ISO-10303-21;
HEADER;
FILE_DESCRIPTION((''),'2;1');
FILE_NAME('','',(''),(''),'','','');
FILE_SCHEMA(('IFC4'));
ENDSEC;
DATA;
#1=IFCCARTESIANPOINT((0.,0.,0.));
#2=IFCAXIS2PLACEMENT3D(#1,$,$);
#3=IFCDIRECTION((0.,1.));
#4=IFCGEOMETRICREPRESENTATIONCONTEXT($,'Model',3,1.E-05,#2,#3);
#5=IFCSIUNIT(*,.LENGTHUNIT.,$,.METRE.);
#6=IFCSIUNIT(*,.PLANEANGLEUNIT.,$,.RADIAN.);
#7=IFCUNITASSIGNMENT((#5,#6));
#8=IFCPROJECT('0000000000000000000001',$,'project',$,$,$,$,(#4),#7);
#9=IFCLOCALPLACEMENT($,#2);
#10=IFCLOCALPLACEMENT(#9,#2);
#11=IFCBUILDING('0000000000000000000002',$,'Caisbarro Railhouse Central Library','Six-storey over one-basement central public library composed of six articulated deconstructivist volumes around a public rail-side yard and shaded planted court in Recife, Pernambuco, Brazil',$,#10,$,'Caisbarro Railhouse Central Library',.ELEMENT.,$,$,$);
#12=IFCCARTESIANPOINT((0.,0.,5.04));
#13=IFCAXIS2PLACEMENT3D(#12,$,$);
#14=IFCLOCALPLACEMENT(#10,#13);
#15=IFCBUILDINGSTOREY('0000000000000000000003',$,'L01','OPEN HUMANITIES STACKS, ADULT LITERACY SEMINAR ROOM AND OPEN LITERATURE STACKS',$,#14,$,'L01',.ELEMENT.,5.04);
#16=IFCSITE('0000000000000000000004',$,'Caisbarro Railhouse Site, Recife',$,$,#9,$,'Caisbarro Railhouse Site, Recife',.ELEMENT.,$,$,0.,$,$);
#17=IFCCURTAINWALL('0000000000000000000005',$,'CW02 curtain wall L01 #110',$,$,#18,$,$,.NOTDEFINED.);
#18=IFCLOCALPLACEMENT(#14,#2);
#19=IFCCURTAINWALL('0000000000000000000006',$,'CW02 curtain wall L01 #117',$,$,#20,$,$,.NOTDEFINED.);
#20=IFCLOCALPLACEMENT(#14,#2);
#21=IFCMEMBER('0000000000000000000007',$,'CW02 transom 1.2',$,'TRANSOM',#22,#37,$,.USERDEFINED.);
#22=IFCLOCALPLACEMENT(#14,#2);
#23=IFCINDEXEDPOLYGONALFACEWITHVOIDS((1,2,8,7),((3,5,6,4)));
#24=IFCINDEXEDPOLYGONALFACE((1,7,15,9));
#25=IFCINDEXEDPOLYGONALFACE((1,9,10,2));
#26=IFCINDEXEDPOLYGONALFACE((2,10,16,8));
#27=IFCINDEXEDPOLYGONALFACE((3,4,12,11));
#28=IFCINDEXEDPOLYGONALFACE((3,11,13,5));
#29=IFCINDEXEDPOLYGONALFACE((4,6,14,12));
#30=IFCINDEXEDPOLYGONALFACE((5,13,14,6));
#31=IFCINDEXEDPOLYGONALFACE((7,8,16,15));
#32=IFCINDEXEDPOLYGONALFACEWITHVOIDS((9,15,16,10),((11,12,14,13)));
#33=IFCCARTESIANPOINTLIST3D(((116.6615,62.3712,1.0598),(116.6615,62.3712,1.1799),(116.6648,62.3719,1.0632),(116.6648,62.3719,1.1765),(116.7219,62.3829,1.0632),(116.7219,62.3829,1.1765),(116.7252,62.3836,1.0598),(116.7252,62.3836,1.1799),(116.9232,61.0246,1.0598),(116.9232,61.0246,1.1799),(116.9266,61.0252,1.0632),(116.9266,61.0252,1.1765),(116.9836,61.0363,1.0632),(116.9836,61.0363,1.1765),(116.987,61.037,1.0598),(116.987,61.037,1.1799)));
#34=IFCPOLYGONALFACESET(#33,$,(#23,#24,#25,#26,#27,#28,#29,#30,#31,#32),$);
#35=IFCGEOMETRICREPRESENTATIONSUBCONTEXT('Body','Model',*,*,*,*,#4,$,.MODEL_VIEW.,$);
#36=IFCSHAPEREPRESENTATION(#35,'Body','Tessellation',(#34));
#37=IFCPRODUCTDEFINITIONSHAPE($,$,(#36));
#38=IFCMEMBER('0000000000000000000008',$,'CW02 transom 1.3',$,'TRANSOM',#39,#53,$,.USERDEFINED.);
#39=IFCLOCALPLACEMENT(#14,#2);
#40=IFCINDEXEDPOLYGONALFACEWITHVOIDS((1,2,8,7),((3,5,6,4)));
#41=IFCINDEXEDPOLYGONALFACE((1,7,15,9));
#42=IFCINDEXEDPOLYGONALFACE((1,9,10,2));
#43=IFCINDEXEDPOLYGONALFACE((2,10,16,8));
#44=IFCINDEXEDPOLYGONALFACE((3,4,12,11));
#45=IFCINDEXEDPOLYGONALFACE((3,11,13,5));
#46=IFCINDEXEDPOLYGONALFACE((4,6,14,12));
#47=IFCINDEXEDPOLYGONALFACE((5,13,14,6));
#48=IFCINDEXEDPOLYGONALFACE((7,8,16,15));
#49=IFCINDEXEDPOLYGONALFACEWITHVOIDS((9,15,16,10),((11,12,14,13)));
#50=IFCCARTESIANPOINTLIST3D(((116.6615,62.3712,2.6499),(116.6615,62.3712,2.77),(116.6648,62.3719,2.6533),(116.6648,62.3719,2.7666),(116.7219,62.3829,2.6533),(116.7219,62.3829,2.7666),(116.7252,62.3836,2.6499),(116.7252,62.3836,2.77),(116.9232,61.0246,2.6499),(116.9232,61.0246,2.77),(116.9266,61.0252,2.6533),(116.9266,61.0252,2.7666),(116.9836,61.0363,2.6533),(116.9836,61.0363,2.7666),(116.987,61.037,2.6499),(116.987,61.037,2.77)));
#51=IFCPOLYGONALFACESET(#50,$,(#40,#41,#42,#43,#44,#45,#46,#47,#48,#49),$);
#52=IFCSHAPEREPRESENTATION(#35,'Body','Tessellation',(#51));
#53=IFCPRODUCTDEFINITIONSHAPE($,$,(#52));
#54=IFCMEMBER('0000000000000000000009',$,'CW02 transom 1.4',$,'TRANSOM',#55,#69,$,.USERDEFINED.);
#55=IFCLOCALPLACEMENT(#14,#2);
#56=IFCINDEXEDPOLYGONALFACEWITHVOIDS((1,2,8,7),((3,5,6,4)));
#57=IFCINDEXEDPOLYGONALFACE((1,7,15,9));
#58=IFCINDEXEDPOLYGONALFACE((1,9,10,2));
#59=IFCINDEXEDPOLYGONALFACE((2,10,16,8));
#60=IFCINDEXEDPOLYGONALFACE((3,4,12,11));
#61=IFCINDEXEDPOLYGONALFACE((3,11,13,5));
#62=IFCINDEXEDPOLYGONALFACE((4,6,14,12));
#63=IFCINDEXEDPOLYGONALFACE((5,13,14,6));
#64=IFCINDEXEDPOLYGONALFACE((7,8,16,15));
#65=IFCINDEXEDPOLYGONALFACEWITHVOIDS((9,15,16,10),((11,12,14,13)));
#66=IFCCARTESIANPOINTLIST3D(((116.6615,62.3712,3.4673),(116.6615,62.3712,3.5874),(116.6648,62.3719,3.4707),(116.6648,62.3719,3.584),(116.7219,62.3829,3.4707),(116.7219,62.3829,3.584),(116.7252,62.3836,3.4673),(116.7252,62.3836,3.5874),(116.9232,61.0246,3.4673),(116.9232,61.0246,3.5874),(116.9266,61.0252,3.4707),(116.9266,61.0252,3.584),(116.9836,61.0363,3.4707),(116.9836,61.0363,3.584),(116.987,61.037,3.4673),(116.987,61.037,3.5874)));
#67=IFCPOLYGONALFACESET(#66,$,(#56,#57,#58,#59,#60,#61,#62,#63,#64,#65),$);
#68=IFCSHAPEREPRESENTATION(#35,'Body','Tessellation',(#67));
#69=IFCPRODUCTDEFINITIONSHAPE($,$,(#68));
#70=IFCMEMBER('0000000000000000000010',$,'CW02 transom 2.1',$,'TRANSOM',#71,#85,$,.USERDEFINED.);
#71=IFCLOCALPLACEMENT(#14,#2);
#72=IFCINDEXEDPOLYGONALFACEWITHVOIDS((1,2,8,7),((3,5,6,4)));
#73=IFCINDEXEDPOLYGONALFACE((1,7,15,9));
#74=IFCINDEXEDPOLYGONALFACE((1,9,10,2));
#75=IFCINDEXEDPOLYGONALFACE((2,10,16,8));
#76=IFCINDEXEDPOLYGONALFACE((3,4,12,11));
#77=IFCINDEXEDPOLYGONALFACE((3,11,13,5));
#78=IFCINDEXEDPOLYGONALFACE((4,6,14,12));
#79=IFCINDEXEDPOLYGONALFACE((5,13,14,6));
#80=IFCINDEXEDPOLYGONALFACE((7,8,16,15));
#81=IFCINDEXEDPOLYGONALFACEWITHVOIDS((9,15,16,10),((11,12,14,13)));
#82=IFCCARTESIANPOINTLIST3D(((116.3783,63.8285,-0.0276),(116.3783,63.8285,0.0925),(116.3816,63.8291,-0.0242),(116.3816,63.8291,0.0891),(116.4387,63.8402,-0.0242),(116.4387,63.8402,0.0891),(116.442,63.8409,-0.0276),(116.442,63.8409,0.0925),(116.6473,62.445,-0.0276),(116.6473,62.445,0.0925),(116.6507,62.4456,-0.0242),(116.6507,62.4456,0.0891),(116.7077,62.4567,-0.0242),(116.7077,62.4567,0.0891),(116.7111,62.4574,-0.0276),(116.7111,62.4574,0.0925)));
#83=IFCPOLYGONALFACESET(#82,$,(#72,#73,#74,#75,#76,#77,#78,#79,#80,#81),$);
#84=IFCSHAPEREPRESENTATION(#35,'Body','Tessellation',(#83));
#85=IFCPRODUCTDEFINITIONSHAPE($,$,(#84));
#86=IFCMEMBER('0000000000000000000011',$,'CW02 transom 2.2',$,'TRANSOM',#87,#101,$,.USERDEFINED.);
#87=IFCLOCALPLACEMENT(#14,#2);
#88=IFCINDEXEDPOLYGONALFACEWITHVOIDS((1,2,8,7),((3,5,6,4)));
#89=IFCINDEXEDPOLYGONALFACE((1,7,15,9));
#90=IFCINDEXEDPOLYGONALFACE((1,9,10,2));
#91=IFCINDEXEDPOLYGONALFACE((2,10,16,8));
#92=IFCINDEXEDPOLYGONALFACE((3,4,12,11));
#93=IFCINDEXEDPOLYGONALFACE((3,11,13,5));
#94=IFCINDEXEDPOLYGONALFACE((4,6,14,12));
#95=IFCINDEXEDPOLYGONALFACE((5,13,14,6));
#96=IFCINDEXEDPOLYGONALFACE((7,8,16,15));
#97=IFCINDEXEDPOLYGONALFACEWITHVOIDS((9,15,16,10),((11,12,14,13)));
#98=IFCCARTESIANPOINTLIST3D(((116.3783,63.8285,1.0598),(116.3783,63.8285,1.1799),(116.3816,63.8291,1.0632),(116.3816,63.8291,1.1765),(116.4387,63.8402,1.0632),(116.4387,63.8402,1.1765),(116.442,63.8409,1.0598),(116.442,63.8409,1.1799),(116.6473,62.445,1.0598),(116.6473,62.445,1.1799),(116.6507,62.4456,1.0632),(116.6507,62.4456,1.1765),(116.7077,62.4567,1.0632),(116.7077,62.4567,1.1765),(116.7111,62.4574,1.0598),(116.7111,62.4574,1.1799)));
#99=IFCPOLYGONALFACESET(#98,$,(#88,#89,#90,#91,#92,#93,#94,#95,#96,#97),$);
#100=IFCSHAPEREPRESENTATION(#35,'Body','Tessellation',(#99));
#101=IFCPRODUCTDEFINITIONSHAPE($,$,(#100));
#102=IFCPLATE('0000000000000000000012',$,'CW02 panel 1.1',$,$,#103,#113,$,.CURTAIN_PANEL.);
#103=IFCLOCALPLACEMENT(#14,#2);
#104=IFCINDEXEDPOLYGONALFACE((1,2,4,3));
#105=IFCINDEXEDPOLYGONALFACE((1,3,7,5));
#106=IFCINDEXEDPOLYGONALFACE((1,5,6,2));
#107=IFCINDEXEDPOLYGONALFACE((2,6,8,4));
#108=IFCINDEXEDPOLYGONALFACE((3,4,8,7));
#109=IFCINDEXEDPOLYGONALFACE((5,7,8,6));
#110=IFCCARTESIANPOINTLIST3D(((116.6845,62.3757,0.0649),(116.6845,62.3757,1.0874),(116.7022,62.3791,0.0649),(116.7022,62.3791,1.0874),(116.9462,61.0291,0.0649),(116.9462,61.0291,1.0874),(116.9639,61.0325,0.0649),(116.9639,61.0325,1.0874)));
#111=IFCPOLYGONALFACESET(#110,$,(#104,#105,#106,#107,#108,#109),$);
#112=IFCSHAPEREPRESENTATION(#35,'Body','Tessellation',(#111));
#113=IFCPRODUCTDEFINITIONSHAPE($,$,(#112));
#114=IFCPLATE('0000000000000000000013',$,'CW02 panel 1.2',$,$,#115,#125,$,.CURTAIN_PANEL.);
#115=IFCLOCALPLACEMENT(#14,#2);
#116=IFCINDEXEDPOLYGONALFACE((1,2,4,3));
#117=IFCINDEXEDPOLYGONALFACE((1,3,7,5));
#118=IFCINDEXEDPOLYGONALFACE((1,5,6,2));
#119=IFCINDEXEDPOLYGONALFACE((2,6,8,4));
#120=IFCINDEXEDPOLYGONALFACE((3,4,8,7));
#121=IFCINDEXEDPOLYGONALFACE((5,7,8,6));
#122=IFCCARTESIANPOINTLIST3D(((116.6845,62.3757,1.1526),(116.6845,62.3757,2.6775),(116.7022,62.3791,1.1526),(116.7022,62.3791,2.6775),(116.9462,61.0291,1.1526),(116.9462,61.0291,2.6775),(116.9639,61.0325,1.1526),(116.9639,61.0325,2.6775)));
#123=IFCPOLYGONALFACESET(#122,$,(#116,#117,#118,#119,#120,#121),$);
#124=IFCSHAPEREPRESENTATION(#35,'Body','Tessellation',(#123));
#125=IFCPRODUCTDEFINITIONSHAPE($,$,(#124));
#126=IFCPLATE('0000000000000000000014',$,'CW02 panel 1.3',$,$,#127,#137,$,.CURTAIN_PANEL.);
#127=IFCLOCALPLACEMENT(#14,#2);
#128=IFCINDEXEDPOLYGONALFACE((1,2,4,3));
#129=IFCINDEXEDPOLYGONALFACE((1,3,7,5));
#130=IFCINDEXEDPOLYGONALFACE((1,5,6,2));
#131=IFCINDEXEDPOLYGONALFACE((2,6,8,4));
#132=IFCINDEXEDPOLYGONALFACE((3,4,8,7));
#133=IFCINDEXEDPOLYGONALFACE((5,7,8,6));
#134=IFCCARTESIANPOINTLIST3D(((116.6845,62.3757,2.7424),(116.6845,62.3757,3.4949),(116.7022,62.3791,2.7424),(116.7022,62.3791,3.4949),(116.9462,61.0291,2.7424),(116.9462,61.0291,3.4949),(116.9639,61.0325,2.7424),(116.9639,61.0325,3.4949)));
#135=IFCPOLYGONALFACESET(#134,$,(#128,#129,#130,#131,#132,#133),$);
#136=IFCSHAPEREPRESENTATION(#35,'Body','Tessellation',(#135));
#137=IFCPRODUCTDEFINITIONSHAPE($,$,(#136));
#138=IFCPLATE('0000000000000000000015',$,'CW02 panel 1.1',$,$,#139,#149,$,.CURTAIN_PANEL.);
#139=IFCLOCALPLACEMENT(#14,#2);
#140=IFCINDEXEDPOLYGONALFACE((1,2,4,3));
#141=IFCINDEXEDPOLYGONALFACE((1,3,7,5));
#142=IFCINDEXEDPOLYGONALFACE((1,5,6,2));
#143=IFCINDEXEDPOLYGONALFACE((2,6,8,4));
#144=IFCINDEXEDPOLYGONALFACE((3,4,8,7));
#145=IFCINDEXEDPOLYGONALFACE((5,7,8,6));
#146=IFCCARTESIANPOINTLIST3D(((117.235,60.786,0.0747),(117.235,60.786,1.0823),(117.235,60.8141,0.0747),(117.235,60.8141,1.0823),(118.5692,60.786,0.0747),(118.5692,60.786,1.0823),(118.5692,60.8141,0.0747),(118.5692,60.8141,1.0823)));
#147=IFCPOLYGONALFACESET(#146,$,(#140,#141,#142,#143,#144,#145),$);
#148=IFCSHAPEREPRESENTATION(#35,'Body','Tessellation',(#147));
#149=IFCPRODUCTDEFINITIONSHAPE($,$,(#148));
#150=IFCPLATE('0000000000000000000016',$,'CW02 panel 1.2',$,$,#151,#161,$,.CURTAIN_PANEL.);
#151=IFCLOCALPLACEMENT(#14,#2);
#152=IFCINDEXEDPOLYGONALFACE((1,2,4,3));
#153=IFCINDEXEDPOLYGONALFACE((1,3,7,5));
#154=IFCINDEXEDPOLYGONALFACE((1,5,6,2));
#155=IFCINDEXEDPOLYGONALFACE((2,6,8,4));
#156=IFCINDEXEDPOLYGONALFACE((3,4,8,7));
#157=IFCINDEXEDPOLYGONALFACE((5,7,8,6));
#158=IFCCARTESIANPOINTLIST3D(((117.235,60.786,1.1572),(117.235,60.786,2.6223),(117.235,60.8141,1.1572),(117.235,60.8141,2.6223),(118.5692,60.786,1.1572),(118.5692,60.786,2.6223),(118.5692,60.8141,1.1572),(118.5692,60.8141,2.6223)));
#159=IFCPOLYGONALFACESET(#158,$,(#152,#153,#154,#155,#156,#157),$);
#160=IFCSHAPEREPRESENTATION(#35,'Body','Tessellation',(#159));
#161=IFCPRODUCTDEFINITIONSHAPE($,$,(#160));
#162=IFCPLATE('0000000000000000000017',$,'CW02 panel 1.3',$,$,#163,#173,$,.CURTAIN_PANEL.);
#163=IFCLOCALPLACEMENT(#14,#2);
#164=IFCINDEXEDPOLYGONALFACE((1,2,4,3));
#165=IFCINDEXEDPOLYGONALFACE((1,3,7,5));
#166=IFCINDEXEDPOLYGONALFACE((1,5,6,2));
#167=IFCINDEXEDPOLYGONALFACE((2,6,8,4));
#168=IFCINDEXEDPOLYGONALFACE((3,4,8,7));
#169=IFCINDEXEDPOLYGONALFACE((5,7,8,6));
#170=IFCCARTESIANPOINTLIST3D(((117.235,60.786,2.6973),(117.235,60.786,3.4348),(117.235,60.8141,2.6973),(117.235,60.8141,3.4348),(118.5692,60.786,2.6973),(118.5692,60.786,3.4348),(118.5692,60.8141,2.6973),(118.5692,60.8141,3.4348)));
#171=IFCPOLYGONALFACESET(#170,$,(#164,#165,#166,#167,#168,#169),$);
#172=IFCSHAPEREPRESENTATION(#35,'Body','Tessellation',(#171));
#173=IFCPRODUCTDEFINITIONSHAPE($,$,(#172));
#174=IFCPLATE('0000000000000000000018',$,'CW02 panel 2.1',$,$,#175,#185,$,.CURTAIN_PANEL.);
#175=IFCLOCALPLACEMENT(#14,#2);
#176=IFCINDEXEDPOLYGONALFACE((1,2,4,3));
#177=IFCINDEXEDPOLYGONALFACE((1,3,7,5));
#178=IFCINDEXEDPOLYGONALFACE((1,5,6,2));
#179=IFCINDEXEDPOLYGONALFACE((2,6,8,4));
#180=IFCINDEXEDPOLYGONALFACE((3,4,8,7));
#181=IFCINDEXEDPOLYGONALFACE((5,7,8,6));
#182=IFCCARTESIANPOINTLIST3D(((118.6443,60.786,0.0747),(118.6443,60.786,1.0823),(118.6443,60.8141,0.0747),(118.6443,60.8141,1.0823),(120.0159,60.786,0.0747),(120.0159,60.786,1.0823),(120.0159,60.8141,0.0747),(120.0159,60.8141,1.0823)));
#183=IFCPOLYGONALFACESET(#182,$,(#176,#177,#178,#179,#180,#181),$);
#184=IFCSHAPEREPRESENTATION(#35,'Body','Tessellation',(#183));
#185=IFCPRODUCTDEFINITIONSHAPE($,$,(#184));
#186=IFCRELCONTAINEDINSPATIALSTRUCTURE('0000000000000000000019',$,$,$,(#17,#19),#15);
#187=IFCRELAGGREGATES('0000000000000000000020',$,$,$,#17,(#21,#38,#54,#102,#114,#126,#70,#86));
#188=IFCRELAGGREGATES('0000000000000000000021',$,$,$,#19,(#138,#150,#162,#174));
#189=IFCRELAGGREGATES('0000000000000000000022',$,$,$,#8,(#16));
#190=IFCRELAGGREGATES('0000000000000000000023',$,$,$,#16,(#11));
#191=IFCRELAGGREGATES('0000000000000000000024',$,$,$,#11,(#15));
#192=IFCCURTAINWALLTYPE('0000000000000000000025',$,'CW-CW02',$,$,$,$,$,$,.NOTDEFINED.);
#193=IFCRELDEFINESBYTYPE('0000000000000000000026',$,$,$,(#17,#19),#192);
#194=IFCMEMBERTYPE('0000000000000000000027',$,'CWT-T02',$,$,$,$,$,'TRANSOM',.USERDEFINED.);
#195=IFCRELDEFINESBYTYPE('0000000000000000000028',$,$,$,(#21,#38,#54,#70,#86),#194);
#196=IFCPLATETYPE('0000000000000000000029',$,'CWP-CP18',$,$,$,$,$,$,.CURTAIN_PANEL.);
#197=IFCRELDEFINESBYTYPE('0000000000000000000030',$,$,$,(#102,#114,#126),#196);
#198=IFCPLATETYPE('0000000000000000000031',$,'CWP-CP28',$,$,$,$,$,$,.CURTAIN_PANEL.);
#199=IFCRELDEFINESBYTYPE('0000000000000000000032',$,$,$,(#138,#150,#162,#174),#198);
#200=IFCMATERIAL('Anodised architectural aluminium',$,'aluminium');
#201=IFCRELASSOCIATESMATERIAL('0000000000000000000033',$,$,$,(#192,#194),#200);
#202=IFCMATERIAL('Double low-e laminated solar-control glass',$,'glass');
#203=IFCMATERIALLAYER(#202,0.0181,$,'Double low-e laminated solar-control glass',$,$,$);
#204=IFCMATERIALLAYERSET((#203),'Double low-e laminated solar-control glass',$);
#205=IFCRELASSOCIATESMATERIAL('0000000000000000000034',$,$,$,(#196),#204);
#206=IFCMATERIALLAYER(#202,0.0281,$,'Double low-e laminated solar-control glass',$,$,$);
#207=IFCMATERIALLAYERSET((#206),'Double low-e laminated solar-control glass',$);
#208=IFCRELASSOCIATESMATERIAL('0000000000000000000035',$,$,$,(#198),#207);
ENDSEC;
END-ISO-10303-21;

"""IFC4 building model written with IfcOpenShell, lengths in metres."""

from ifc_helpers import new_model, si_unit, direction, frame, origin, origin_2d, place, context, subcontext, project, spatial, rectangle, hollow_rectangle, extrude, material, layer, layer_set, material_profile, profile_set, type_object, element, aggregate, save


model = new_model("IFC4")

# Units and contexts
model_context = context("Model", 3, precision=1e-05, world=origin(), true_north=direction((0.0, 1.0)))
body_context = subcontext(model_context, "Body", "Model", "MODEL_VIEW")
ifc_project = project(units=[si_unit("LENGTHUNIT", "METRE"), si_unit("PLANEANGLEUNIT", "RADIAN")], contexts=[model_context])

# Site, building, storey
site_placement = place(None, origin())
site = spatial("IfcSite", under=ifc_project, at=site_placement, Name="Caisbarro Railhouse Site, Recife", LongName="Caisbarro Railhouse Site, Recife", CompositionType="ELEMENT", RefElevation=0.0)
building_placement = place(site_placement, origin())
building = spatial("IfcBuilding", under=site, at=building_placement, Name="Caisbarro Railhouse Central Library", Description="Six-storey over one-basement central public library composed of six articulated deconstructivist volumes around a public rail-side yard and shaded planted court in Recife, Pernambuco, Brazil", LongName="Caisbarro Railhouse Central Library", CompositionType="ELEMENT")
storey_placement = place(building_placement, frame((0.0, 0.0, 5.04)))
storey = spatial("IfcBuildingStorey", under=building, at=storey_placement, Name="L01", Description="OPEN HUMANITIES STACKS, ADULT LITERACY SEMINAR ROOM AND OPEN LITERATURE STACKS", LongName="L01", CompositionType="ELEMENT", Elevation=5.04)

# Curtain walls
ifc_material_1 = material(Name="Anodised architectural aluminium", Category="aluminium")
curtain_wall_type = type_object("IfcCurtainWallType", Name="CW-CW02", PredefinedType="NOTDEFINED", material=ifc_material_1)
curtain_wall_1_placement = place(storey_placement, origin())
curtain_wall_1 = element("IfcCurtainWall", 1, at=curtain_wall_1_placement, inside=storey, type_object=curtain_wall_type, Name="CW02 curtain wall L01 #110", PredefinedType="NOTDEFINED")
curtain_wall_2_placement = place(storey_placement, origin())
curtain_wall_2 = element("IfcCurtainWall", 2, at=curtain_wall_2_placement, inside=storey, type_object=curtain_wall_type, Name="CW02 curtain wall L01 #117", PredefinedType="NOTDEFINED")

# Members
ifc_material_profile_1 = material_profile(ifc_material_1, hollow_rectangle(XDim=0.0649, YDim=0.1201, WallThickness=0.0034, at=origin_2d()), Name="ALU-TRN-65X120")
ifc_profile_set_1 = profile_set([ifc_material_profile_1], Name="Anodised architectural aluminium")
member_type_1 = type_object("IfcMemberType", Name="CWT-T02", ElementType="TRANSOM", PredefinedType="USERDEFINED", material=ifc_profile_set_1)
member_1_placement = place(storey_placement, frame((116.9551, 61.0308, 1.1199), z_axis=(-0.190774, 0.981634, 0.0), x_axis=(-0.981634, -0.190774, 0.0)))
member_1 = element("IfcMember", 3, at=member_1_placement, type_object=member_type_1, Name="CW02 transom 1.2", ObjectType="TRANSOM", PredefinedType="USERDEFINED", context=body_context, shape_type="SweptSolid", body=[
    extrude(hollow_rectangle(XDim=0.0649, YDim=0.1201, WallThickness=0.0034, at=origin_2d()), origin(), (0.0, 0.0, 1.0), 1.3718),
])
member_2_placement = place(storey_placement, frame((116.9551, 61.0308, 2.71), z_axis=(-0.190774, 0.981634, 0.0), x_axis=(-0.981634, -0.190774, 0.0)))
member_2 = element("IfcMember", 4, at=member_2_placement, type_object=member_type_1, Name="CW02 transom 1.3", ObjectType="TRANSOM", PredefinedType="USERDEFINED", context=body_context, shape_type="SweptSolid", body=[
    extrude(hollow_rectangle(XDim=0.0649, YDim=0.1201, WallThickness=0.0034, at=origin_2d()), origin(), (0.0, 0.0, 1.0), 1.3718),
])
member_3_placement = place(storey_placement, frame((116.9551, 61.0308, 3.5273), z_axis=(-0.190774, 0.981634, 0.0), x_axis=(-0.981634, -0.190774, 0.0)))
member_3 = element("IfcMember", 5, at=member_3_placement, type_object=member_type_1, Name="CW02 transom 1.4", ObjectType="TRANSOM", PredefinedType="USERDEFINED", context=body_context, shape_type="SweptSolid", body=[
    extrude(hollow_rectangle(XDim=0.0649, YDim=0.1201, WallThickness=0.0034, at=origin_2d()), origin(), (0.0, 0.0, 1.0), 1.3718),
])
member_4_placement = place(storey_placement, frame((116.6792, 62.4512, 0.0325), z_axis=(-0.190884, 0.981613, 0.0), x_axis=(-0.981613, -0.190884, 0.0)))
member_4 = element("IfcMember", 6, at=member_4_placement, type_object=member_type_1, Name="CW02 transom 2.1", ObjectType="TRANSOM", PredefinedType="USERDEFINED", context=body_context, shape_type="SweptSolid", body=[
    extrude(hollow_rectangle(XDim=0.0649, YDim=0.1201, WallThickness=0.0034, at=origin_2d()), origin(), (0.0, 0.0, 1.0), 1.4094),
])
member_5_placement = place(storey_placement, frame((116.6792, 62.4512, 1.1199), z_axis=(-0.190884, 0.981613, 0.0), x_axis=(-0.981613, -0.190884, 0.0)))
member_5 = element("IfcMember", 7, at=member_5_placement, type_object=member_type_1, Name="CW02 transom 2.2", ObjectType="TRANSOM", PredefinedType="USERDEFINED", context=body_context, shape_type="SweptSolid", body=[
    extrude(hollow_rectangle(XDim=0.0649, YDim=0.1201, WallThickness=0.0034, at=origin_2d()), origin(), (0.0, 0.0, 1.0), 1.4094),
])

# Plates
ifc_material_2 = material(Name="Double low-e laminated solar-control glass", Category="glass")
ifc_layer_1 = layer(ifc_material_2, 0.0181, Name="Double low-e laminated solar-control glass")
ifc_layer_set_1 = layer_set([ifc_layer_1], Name="Double low-e laminated solar-control glass")
plate_type_1 = type_object("IfcPlateType", Name="CWP-CP18", PredefinedType="CURTAIN_PANEL", material=ifc_layer_set_1)
plate_1_placement = place(storey_placement, frame((116.8242, 61.7041, 0.0649), z_axis=(0.0, 0.0, 1.0), x_axis=(-0.190781, 0.981633, 0.0)))
plate_1 = element("IfcPlate", 8, at=plate_1_placement, type_object=plate_type_1, Name="CW02 panel 1.1", PredefinedType="CURTAIN_PANEL", context=body_context, shape_type="SweptSolid", body=[
    extrude(rectangle(XDim=1.3718, YDim=0.0181, at=origin_2d()), origin(), (0.0, 0.0, 1.0), 1.0225),
])
plate_2_placement = place(storey_placement, frame((116.8242, 61.7041, 1.1526), z_axis=(0.0, 0.0, 1.0), x_axis=(-0.190781, 0.981633, 0.0)))
plate_2 = element("IfcPlate", 9, at=plate_2_placement, type_object=plate_type_1, Name="CW02 panel 1.2", PredefinedType="CURTAIN_PANEL", context=body_context, shape_type="SweptSolid", body=[
    extrude(rectangle(XDim=1.3718, YDim=0.0181, at=origin_2d()), origin(), (0.0, 0.0, 1.0), 1.5249),
])
plate_3_placement = place(storey_placement, frame((116.8242, 61.7041, 2.7424), z_axis=(0.0, 0.0, 1.0), x_axis=(-0.190781, 0.981633, 0.0)))
plate_3 = element("IfcPlate", 10, at=plate_3_placement, type_object=plate_type_1, Name="CW02 panel 1.3", PredefinedType="CURTAIN_PANEL", context=body_context, shape_type="SweptSolid", body=[
    extrude(rectangle(XDim=1.3718, YDim=0.0181, at=origin_2d()), origin(), (0.0, 0.0, 1.0), 0.7524),
])
aggregate(curtain_wall_1, [member_1, member_2, member_3, plate_1, plate_2, plate_3, member_4, member_5])
ifc_layer_2 = layer(ifc_material_2, 0.0281, Name="Double low-e laminated solar-control glass")
ifc_layer_set_2 = layer_set([ifc_layer_2], Name="Double low-e laminated solar-control glass")
plate_type_2 = type_object("IfcPlateType", Name="CWP-CP28", PredefinedType="CURTAIN_PANEL", material=ifc_layer_set_2)
plate_4_placement = place(storey_placement, frame((117.9021, 60.8, 0.0747), z_axis=(0.0, 0.0, 1.0), x_axis=(1.0, 0.0, 0.0)))
plate_4 = element("IfcPlate", 11, at=plate_4_placement, type_object=plate_type_2, Name="CW02 panel 1.1", PredefinedType="CURTAIN_PANEL", context=body_context, shape_type="SweptSolid", body=[
    extrude(rectangle(XDim=1.3342, YDim=0.0281, at=origin_2d()), origin(), (0.0, 0.0, 1.0), 1.0076),
])
plate_5_placement = place(storey_placement, frame((117.9021, 60.8, 1.1572), z_axis=(0.0, 0.0, 1.0), x_axis=(1.0, 0.0, 0.0)))
plate_5 = element("IfcPlate", 12, at=plate_5_placement, type_object=plate_type_2, Name="CW02 panel 1.2", PredefinedType="CURTAIN_PANEL", context=body_context, shape_type="SweptSolid", body=[
    extrude(rectangle(XDim=1.3342, YDim=0.0281, at=origin_2d()), origin(), (0.0, 0.0, 1.0), 1.4651),
])
plate_6_placement = place(storey_placement, frame((117.9021, 60.8, 2.6973), z_axis=(0.0, 0.0, 1.0), x_axis=(1.0, 0.0, 0.0)))
plate_6 = element("IfcPlate", 13, at=plate_6_placement, type_object=plate_type_2, Name="CW02 panel 1.3", PredefinedType="CURTAIN_PANEL", context=body_context, shape_type="SweptSolid", body=[
    extrude(rectangle(XDim=1.3342, YDim=0.0281, at=origin_2d()), origin(), (0.0, 0.0, 1.0), 0.7375),
])
plate_7_placement = place(storey_placement, frame((119.3301, 60.8, 0.0747), z_axis=(0.0, 0.0, 1.0), x_axis=(1.0, 0.0, 0.0)))
plate_7 = element("IfcPlate", 14, at=plate_7_placement, type_object=plate_type_2, Name="CW02 panel 2.1", PredefinedType="CURTAIN_PANEL", context=body_context, shape_type="SweptSolid", body=[
    extrude(rectangle(XDim=1.3716, YDim=0.0281, at=origin_2d()), origin(), (0.0, 0.0, 1.0), 1.0076),
])
aggregate(curtain_wall_2, [plate_4, plate_5, plate_6, plate_7])

save(model, "model.ifc")
